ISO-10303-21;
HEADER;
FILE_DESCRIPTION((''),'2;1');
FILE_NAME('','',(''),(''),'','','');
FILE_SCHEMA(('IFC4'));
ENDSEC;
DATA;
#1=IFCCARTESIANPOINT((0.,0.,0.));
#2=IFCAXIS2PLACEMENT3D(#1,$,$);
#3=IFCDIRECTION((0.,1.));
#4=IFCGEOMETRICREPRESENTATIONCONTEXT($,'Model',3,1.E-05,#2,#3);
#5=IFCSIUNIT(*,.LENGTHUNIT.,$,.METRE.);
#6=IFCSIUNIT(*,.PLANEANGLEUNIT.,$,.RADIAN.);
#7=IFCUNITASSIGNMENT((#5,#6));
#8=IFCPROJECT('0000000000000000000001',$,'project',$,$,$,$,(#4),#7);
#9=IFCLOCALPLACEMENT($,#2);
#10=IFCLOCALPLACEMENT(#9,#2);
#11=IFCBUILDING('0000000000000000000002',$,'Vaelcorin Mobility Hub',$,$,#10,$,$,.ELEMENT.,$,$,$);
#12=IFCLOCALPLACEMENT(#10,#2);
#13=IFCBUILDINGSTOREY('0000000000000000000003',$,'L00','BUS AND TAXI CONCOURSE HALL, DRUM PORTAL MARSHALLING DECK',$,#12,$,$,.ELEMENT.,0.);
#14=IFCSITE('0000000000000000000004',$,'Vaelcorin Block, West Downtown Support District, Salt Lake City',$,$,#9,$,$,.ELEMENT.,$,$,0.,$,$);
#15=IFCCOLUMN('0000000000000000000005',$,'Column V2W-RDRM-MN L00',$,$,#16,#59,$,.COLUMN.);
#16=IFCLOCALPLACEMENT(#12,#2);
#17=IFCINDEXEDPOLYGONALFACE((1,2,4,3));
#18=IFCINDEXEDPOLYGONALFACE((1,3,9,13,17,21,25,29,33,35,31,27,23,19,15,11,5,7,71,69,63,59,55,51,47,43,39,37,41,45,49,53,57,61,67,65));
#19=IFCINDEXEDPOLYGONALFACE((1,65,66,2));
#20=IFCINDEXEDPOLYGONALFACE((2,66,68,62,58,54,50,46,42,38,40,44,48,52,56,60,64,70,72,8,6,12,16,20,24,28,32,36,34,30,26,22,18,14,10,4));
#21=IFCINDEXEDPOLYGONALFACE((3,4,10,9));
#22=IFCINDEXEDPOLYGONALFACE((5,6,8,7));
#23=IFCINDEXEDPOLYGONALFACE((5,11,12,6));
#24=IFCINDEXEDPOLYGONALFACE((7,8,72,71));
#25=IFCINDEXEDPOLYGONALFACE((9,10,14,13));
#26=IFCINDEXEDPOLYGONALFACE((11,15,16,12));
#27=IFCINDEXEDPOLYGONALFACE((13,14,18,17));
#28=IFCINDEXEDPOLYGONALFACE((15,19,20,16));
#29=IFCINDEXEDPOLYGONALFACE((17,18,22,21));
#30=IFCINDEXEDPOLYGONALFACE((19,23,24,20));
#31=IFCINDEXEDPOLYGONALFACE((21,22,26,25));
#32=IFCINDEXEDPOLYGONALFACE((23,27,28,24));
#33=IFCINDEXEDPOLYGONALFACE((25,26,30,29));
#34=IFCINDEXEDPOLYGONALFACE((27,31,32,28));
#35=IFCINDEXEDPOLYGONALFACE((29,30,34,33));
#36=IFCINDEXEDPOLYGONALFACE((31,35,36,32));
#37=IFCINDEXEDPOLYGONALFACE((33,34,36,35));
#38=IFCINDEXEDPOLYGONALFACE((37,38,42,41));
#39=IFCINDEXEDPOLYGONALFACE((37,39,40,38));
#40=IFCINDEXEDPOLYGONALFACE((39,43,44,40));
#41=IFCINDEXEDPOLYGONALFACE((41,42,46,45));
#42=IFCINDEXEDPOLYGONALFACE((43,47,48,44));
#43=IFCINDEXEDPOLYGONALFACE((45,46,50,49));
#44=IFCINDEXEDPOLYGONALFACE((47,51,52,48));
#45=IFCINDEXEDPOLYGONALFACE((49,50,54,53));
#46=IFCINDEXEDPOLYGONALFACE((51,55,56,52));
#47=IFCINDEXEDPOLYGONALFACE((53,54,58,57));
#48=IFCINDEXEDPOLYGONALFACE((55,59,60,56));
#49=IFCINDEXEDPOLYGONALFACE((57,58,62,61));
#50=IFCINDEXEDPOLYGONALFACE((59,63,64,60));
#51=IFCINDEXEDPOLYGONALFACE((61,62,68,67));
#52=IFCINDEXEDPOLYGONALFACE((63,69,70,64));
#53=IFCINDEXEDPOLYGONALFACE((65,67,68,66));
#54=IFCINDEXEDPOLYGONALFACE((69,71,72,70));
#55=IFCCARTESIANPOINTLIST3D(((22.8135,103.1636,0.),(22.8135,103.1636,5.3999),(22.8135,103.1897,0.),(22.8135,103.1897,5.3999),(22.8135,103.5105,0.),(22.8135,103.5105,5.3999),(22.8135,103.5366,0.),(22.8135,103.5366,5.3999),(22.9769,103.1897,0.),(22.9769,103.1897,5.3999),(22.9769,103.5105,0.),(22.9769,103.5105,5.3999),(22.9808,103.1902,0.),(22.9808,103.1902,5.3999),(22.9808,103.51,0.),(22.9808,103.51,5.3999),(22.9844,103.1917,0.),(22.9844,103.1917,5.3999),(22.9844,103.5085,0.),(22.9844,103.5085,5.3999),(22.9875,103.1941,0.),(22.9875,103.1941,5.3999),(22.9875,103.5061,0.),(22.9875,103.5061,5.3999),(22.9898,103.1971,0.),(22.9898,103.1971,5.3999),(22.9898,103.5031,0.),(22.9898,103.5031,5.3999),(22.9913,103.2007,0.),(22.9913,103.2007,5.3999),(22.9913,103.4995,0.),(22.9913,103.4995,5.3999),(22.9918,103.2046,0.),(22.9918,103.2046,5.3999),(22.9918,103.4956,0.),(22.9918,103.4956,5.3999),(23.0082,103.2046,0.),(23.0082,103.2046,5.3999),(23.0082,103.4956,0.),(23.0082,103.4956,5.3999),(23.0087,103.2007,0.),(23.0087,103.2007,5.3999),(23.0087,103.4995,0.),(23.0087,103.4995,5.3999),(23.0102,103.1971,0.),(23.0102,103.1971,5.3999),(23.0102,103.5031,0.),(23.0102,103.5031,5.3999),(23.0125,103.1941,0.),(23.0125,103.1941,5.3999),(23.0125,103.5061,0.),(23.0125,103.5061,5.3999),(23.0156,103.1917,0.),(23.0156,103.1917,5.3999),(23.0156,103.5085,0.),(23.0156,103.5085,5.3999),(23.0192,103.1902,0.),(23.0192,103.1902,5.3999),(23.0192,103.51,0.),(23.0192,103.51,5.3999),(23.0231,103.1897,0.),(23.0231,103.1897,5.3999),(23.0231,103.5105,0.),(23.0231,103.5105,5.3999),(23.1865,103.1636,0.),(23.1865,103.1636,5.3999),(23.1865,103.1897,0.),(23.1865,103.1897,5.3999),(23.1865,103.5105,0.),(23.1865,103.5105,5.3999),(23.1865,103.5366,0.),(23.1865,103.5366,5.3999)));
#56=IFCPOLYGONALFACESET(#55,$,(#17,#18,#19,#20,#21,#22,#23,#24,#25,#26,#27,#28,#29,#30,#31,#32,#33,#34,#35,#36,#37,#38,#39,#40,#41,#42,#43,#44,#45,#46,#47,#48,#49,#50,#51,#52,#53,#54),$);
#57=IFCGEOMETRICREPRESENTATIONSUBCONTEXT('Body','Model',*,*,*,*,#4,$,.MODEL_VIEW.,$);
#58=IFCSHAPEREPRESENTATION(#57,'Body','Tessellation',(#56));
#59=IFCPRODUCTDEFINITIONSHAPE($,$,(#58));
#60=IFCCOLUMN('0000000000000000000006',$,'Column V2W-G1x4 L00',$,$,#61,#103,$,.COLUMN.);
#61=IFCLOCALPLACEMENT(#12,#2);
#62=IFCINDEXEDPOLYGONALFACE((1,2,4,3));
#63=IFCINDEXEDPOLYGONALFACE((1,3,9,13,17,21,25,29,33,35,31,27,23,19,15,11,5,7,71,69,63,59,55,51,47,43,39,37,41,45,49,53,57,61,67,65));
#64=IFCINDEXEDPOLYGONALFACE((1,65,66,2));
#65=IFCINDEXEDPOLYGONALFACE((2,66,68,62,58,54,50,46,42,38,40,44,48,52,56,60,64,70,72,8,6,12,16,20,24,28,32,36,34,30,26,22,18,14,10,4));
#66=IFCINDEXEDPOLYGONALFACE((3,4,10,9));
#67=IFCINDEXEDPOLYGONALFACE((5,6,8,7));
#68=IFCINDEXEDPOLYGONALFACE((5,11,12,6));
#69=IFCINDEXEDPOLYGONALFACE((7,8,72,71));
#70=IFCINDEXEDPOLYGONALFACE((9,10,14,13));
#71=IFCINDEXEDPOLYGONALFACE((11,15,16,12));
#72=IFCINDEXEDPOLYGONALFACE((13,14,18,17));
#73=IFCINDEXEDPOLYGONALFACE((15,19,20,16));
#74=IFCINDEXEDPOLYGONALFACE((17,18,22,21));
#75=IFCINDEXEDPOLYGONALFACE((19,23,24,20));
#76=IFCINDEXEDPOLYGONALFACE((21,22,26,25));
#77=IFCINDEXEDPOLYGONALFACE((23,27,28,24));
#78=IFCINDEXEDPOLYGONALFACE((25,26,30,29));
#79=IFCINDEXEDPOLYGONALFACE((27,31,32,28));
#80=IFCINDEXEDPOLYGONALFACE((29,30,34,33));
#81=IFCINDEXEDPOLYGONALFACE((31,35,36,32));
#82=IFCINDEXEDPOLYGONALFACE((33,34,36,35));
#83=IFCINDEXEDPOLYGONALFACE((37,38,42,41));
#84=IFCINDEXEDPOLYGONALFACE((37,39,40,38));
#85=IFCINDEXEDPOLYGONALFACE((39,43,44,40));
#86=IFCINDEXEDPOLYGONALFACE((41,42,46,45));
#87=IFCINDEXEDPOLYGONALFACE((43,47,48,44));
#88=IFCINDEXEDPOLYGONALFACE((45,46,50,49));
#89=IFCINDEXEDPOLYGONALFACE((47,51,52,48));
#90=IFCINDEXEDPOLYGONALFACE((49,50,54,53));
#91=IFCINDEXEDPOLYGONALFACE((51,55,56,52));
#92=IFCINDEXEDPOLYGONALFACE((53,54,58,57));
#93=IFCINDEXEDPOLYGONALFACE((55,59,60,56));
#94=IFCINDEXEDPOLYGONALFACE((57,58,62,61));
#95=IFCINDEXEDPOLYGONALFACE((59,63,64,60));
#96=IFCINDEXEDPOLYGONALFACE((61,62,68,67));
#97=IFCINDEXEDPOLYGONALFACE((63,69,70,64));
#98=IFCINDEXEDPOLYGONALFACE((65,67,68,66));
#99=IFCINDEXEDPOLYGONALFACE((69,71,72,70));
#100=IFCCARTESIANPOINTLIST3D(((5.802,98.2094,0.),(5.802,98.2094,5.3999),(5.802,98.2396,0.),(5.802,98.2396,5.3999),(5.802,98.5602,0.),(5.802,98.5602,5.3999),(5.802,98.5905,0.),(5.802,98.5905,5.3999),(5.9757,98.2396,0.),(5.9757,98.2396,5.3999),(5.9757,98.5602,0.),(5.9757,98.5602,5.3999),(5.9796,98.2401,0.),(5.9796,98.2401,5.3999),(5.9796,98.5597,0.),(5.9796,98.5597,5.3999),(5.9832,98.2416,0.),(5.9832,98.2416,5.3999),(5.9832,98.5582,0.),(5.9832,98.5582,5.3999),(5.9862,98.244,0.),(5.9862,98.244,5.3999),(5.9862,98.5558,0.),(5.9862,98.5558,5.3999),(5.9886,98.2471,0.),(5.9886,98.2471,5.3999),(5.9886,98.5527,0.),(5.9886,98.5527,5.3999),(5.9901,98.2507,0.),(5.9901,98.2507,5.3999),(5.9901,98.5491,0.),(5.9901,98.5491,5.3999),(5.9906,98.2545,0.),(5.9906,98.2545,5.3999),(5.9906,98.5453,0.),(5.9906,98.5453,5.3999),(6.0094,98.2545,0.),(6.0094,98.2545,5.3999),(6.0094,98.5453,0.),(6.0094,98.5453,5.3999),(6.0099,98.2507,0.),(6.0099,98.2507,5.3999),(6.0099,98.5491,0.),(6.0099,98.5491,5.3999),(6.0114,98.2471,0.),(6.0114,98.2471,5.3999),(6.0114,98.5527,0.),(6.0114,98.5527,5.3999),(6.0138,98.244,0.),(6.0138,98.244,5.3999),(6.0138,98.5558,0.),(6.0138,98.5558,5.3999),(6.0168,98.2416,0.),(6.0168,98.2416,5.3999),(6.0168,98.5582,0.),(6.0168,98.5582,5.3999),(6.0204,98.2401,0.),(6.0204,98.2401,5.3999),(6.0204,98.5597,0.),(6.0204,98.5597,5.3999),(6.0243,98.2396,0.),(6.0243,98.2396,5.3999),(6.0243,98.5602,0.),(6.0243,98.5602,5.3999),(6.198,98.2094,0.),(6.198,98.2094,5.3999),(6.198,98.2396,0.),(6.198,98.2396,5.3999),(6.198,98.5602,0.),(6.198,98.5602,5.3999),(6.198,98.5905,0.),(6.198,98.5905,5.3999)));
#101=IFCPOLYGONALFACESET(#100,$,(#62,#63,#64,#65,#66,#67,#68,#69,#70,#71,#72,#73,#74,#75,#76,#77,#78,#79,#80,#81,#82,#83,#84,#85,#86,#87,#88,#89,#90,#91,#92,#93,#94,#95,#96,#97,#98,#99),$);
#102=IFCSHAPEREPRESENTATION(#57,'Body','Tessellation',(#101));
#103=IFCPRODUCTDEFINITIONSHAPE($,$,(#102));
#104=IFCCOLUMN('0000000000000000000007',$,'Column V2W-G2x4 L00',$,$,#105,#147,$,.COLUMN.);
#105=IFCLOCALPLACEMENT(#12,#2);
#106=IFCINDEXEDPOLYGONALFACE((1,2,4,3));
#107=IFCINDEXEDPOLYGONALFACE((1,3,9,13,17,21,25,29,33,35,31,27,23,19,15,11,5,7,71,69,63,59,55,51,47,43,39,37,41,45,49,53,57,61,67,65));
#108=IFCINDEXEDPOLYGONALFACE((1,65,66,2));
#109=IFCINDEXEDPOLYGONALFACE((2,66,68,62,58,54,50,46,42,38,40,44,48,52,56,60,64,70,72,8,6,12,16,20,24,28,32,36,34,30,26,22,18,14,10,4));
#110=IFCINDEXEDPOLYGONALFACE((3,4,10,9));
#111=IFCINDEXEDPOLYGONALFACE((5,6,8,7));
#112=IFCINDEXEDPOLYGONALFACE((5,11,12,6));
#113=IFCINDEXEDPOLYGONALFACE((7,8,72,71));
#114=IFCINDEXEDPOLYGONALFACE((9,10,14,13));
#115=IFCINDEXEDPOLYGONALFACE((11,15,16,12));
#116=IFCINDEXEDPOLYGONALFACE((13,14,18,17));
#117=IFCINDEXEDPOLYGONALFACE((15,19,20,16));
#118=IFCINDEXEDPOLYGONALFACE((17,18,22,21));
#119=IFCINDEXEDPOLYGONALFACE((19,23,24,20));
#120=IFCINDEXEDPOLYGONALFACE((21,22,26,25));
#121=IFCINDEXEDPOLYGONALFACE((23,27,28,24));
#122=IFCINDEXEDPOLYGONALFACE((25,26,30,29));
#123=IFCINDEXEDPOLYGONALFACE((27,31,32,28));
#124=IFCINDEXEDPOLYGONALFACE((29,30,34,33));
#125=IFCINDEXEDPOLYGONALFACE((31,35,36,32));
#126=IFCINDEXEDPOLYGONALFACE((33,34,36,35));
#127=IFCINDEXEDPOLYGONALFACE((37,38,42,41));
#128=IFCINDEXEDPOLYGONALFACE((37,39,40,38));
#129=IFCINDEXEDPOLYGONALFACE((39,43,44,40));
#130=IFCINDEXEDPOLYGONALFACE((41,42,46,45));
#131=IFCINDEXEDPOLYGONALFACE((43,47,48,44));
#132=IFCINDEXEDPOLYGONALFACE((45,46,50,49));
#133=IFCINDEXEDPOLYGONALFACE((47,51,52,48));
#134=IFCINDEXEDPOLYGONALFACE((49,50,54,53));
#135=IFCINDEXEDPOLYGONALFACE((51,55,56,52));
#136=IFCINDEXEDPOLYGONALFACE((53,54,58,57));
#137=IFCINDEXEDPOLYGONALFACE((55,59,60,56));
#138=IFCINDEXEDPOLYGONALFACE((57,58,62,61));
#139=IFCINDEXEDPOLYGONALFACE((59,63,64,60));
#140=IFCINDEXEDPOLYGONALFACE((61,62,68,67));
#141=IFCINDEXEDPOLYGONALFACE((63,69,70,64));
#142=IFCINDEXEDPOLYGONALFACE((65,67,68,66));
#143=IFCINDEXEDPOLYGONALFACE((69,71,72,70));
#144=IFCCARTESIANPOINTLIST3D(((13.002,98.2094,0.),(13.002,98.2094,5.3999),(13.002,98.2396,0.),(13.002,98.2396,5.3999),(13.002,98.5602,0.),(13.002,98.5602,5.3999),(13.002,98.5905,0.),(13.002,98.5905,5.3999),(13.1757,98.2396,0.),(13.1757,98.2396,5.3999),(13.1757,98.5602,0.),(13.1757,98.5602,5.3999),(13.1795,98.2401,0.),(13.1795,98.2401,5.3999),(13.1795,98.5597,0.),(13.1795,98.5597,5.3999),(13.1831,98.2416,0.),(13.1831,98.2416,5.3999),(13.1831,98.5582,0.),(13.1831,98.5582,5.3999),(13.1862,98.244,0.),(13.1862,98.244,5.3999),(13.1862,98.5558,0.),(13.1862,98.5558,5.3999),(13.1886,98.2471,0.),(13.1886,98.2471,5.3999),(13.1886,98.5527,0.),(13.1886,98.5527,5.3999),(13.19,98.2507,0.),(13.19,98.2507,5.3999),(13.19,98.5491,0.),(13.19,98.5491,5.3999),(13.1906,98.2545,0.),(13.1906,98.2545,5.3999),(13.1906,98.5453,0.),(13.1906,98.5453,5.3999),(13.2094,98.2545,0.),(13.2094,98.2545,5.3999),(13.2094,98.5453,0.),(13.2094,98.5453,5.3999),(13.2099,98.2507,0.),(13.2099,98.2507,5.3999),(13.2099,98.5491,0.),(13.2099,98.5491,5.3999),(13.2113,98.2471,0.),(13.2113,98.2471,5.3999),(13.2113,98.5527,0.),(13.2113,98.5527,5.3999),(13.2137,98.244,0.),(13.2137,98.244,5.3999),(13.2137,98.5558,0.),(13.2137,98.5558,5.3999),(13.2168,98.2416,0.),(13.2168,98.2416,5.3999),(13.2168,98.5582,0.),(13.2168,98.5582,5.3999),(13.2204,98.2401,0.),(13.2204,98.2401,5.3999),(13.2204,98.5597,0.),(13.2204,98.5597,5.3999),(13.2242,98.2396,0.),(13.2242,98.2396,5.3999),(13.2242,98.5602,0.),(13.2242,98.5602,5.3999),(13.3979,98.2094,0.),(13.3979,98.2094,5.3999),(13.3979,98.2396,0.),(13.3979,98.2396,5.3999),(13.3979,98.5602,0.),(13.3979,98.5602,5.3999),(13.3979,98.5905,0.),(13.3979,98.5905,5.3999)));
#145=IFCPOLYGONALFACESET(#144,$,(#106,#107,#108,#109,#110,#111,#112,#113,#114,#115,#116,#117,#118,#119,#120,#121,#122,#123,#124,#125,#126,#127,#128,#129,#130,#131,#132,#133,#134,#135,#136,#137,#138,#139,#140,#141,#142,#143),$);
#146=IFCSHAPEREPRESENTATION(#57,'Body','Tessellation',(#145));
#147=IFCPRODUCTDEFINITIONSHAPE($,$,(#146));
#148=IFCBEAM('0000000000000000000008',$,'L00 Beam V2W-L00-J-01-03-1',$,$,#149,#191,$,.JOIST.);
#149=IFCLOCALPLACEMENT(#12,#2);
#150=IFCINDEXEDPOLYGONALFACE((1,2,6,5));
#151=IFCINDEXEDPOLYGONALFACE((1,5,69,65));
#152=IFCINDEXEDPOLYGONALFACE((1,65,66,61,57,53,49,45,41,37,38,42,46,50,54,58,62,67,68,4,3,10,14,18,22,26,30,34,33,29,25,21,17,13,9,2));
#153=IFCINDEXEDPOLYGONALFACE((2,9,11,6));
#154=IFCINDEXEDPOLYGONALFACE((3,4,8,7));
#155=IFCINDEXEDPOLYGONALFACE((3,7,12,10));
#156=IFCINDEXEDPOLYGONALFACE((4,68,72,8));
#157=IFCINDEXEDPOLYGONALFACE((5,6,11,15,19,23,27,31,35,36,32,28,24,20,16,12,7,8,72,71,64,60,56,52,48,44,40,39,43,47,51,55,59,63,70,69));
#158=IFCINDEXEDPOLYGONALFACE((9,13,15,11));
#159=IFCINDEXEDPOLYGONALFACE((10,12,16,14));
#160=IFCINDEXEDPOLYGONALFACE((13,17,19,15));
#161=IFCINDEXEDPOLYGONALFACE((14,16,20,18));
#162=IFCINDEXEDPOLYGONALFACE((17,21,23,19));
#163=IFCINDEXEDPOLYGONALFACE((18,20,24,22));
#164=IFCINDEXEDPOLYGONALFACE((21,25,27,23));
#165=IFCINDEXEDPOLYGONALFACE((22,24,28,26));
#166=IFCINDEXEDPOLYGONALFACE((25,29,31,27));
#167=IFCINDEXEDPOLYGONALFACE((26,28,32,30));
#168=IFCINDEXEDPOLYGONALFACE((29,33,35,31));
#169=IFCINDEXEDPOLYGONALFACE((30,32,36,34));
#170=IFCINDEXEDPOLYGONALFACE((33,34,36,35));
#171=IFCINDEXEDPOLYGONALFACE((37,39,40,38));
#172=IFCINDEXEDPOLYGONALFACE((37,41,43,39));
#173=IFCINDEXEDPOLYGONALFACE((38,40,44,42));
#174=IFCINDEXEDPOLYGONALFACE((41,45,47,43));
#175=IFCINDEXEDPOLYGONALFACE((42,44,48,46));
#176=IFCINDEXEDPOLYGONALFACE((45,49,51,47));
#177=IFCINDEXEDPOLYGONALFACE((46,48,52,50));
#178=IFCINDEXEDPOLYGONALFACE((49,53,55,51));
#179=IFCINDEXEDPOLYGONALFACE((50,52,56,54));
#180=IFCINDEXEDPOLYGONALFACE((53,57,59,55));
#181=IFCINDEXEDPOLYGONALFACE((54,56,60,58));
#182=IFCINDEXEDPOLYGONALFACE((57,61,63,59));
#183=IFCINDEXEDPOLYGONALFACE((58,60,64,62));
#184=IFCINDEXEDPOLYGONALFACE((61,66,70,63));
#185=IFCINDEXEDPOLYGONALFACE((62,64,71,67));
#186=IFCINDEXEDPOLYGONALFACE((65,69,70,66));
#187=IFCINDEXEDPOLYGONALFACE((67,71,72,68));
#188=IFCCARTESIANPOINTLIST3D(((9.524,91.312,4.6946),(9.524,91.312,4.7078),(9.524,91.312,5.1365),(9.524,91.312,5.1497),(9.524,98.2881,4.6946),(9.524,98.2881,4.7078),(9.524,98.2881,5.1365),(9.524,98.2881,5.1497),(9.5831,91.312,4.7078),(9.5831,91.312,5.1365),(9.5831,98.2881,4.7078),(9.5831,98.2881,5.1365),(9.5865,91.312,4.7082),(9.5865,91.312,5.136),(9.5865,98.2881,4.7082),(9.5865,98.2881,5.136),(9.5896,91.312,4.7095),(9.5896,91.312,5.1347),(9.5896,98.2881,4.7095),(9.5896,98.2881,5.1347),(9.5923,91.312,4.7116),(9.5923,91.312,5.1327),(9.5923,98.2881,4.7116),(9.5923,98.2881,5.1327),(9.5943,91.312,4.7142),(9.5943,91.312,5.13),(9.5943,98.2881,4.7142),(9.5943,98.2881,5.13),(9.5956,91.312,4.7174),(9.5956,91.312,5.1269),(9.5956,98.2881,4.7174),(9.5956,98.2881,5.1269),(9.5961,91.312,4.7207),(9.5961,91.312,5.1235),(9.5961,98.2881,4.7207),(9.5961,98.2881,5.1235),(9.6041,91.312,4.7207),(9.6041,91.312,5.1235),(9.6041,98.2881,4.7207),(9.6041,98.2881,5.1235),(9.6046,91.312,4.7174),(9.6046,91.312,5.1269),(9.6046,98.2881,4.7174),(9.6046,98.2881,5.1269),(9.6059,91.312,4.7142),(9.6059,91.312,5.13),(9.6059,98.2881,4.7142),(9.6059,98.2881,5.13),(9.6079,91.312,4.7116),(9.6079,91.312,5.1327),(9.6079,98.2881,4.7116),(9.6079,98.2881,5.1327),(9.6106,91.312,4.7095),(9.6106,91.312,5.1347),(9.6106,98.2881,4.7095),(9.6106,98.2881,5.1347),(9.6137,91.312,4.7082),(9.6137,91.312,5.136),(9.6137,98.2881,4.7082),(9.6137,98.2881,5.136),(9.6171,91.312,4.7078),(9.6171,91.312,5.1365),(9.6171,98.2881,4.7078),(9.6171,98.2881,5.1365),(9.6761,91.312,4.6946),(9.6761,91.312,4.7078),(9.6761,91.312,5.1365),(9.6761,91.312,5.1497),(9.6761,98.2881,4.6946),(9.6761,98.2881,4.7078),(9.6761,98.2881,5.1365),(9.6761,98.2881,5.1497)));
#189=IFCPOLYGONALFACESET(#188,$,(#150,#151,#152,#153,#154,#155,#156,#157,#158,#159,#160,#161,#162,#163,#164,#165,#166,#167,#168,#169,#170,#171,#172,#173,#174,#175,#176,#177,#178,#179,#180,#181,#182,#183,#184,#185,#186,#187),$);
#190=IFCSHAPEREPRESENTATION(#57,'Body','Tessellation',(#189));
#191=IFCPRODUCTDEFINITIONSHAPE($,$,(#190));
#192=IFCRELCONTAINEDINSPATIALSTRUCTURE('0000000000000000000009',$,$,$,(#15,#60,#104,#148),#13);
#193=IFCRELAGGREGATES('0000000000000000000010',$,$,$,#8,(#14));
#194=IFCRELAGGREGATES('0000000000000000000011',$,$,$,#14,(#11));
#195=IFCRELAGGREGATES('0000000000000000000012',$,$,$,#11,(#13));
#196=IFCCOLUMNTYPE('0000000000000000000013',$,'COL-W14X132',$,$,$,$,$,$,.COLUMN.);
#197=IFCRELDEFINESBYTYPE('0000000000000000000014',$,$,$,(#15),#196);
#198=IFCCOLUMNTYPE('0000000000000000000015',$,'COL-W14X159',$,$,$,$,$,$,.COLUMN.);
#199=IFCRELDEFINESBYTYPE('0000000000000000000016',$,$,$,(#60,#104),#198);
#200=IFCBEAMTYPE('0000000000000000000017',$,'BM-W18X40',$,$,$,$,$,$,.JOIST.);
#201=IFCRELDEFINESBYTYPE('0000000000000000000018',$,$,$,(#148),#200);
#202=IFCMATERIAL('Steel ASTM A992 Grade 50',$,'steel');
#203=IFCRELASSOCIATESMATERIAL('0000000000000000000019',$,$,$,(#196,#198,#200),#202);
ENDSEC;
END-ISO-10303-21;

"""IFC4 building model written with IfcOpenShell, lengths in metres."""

from ifc_helpers import new_model, si_unit, direction, frame, origin, origin_2d, place, context, subcontext, project, spatial, i_section, extrude, material, material_profile, profile_set, type_object, element, save


model = new_model("IFC4")

# Units and contexts
model_context = context("Model", 3, precision=1e-05, world=origin(), true_north=direction((0.0, 1.0)))
body_context = subcontext(model_context, "Body", "Model", "MODEL_VIEW")
ifc_project = project(units=[si_unit("LENGTHUNIT", "METRE"), si_unit("PLANEANGLEUNIT", "RADIAN")], contexts=[model_context])

# Site, building, storey
site_placement = place(None, origin())
site = spatial("IfcSite", under=ifc_project, at=site_placement, Name="Vaelcorin Block, West Downtown Support District, Salt Lake City", CompositionType="ELEMENT", RefElevation=0.0)
building_placement = place(site_placement, origin())
building = spatial("IfcBuilding", under=site, at=building_placement, Name="Vaelcorin Mobility Hub", CompositionType="ELEMENT")
storey_placement = place(building_placement, origin())
storey = spatial("IfcBuildingStorey", under=building, at=storey_placement, Name="L00", Description="BUS AND TAXI CONCOURSE HALL, DRUM PORTAL MARSHALLING DECK", CompositionType="ELEMENT", Elevation=0.0)

# Columns
ifc_material_1 = material(Name="Steel ASTM A992 Grade 50", Category="steel")
ifc_material_profile_1 = material_profile(ifc_material_1, i_section(OverallWidth=0.373, OverallDepth=0.373, WebThickness=0.0164, FlangeThickness=0.0261, FilletRadius=0.0149, at=origin_2d()), Name="W14X132")
ifc_profile_set_1 = profile_set([ifc_material_profile_1], Name="Steel ASTM A992 Grade 50")
column_type_1 = type_object("IfcColumnType", Name="COL-W14X132", PredefinedType="COLUMN", material=ifc_profile_set_1)
for number, where, z_axis, x_axis, name in (
    (1, (23.0, 103.3501, 0.0), (0.0, 0.0, 1.0), (1.0, 0.0, 0.0), "Column V2W-RDRM-MN L00"),
):
    element("IfcColumn", number, at=place(storey_placement, frame(where, z_axis=z_axis, x_axis=x_axis)), inside=storey, type_object=column_type_1, Name=name, PredefinedType="COLUMN", context=body_context, shape_type="SweptSolid", body=[
        extrude(i_section(OverallWidth=0.373, OverallDepth=0.373, WebThickness=0.0164, FlangeThickness=0.0261, FilletRadius=0.0149, at=origin_2d()), origin(), (0.0, 0.0, 1.0), 5.3999),
    ])
ifc_material_profile_2 = material_profile(ifc_material_1, i_section(OverallWidth=0.396, OverallDepth=0.3811, WebThickness=0.0188, FlangeThickness=0.0303, FilletRadius=0.0149, at=origin_2d()), Name="W14X159")
ifc_profile_set_2 = profile_set([ifc_material_profile_2], Name="Steel ASTM A992 Grade 50")
column_type_2 = type_object("IfcColumnType", Name="COL-W14X159", PredefinedType="COLUMN", material=ifc_profile_set_2)
for number, where, z_axis, x_axis, name in (
    (2, (6.0, 98.3999, 0.0), (0.0, 0.0, 1.0), (1.0, 0.0, 0.0), "Column V2W-G1x4 L00"),
    (3, (13.2, 98.3999, 0.0), (0.0, 0.0, 1.0), (1.0, 0.0, 0.0), "Column V2W-G2x4 L00"),
):
    element("IfcColumn", number, at=place(storey_placement, frame(where, z_axis=z_axis, x_axis=x_axis)), inside=storey, type_object=column_type_2, Name=name, PredefinedType="COLUMN", context=body_context, shape_type="SweptSolid", body=[
        extrude(i_section(OverallWidth=0.396, OverallDepth=0.3811, WebThickness=0.0188, FlangeThickness=0.0303, FilletRadius=0.0149, at=origin_2d()), origin(), (0.0, 0.0, 1.0), 5.3999),
    ])

# Beam
ifc_material_profile_3 = material_profile(ifc_material_1, i_section(OverallWidth=0.1521, OverallDepth=0.4551, WebThickness=0.0081, FlangeThickness=0.0132, FilletRadius=0.0129, at=origin_2d()), Name="W18X40")
ifc_profile_set_3 = profile_set([ifc_material_profile_3], Name="Steel ASTM A992 Grade 50")
beam_type_1 = type_object("IfcBeamType", Name="BM-W18X40", PredefinedType="JOIST", material=ifc_profile_set_3)
beam_1_placement = place(storey_placement, frame((9.6001, 91.312, 4.9221), z_axis=(0.0, 1.0, 0.0), x_axis=(-1.0, 0.0, 0.0)))
element("IfcBeam", 4, at=beam_1_placement, inside=storey, type_object=beam_type_1, Name="L00 Beam V2W-L00-J-01-03-1", PredefinedType="JOIST", context=body_context, shape_type="SweptSolid", body=[
    extrude(i_section(OverallWidth=0.1521, OverallDepth=0.4551, WebThickness=0.0081, FlangeThickness=0.0132, FilletRadius=0.0129, at=origin_2d()), origin(), (0.0, 0.0, 1.0), 6.9761),
])

save(model, "model.ifc")
